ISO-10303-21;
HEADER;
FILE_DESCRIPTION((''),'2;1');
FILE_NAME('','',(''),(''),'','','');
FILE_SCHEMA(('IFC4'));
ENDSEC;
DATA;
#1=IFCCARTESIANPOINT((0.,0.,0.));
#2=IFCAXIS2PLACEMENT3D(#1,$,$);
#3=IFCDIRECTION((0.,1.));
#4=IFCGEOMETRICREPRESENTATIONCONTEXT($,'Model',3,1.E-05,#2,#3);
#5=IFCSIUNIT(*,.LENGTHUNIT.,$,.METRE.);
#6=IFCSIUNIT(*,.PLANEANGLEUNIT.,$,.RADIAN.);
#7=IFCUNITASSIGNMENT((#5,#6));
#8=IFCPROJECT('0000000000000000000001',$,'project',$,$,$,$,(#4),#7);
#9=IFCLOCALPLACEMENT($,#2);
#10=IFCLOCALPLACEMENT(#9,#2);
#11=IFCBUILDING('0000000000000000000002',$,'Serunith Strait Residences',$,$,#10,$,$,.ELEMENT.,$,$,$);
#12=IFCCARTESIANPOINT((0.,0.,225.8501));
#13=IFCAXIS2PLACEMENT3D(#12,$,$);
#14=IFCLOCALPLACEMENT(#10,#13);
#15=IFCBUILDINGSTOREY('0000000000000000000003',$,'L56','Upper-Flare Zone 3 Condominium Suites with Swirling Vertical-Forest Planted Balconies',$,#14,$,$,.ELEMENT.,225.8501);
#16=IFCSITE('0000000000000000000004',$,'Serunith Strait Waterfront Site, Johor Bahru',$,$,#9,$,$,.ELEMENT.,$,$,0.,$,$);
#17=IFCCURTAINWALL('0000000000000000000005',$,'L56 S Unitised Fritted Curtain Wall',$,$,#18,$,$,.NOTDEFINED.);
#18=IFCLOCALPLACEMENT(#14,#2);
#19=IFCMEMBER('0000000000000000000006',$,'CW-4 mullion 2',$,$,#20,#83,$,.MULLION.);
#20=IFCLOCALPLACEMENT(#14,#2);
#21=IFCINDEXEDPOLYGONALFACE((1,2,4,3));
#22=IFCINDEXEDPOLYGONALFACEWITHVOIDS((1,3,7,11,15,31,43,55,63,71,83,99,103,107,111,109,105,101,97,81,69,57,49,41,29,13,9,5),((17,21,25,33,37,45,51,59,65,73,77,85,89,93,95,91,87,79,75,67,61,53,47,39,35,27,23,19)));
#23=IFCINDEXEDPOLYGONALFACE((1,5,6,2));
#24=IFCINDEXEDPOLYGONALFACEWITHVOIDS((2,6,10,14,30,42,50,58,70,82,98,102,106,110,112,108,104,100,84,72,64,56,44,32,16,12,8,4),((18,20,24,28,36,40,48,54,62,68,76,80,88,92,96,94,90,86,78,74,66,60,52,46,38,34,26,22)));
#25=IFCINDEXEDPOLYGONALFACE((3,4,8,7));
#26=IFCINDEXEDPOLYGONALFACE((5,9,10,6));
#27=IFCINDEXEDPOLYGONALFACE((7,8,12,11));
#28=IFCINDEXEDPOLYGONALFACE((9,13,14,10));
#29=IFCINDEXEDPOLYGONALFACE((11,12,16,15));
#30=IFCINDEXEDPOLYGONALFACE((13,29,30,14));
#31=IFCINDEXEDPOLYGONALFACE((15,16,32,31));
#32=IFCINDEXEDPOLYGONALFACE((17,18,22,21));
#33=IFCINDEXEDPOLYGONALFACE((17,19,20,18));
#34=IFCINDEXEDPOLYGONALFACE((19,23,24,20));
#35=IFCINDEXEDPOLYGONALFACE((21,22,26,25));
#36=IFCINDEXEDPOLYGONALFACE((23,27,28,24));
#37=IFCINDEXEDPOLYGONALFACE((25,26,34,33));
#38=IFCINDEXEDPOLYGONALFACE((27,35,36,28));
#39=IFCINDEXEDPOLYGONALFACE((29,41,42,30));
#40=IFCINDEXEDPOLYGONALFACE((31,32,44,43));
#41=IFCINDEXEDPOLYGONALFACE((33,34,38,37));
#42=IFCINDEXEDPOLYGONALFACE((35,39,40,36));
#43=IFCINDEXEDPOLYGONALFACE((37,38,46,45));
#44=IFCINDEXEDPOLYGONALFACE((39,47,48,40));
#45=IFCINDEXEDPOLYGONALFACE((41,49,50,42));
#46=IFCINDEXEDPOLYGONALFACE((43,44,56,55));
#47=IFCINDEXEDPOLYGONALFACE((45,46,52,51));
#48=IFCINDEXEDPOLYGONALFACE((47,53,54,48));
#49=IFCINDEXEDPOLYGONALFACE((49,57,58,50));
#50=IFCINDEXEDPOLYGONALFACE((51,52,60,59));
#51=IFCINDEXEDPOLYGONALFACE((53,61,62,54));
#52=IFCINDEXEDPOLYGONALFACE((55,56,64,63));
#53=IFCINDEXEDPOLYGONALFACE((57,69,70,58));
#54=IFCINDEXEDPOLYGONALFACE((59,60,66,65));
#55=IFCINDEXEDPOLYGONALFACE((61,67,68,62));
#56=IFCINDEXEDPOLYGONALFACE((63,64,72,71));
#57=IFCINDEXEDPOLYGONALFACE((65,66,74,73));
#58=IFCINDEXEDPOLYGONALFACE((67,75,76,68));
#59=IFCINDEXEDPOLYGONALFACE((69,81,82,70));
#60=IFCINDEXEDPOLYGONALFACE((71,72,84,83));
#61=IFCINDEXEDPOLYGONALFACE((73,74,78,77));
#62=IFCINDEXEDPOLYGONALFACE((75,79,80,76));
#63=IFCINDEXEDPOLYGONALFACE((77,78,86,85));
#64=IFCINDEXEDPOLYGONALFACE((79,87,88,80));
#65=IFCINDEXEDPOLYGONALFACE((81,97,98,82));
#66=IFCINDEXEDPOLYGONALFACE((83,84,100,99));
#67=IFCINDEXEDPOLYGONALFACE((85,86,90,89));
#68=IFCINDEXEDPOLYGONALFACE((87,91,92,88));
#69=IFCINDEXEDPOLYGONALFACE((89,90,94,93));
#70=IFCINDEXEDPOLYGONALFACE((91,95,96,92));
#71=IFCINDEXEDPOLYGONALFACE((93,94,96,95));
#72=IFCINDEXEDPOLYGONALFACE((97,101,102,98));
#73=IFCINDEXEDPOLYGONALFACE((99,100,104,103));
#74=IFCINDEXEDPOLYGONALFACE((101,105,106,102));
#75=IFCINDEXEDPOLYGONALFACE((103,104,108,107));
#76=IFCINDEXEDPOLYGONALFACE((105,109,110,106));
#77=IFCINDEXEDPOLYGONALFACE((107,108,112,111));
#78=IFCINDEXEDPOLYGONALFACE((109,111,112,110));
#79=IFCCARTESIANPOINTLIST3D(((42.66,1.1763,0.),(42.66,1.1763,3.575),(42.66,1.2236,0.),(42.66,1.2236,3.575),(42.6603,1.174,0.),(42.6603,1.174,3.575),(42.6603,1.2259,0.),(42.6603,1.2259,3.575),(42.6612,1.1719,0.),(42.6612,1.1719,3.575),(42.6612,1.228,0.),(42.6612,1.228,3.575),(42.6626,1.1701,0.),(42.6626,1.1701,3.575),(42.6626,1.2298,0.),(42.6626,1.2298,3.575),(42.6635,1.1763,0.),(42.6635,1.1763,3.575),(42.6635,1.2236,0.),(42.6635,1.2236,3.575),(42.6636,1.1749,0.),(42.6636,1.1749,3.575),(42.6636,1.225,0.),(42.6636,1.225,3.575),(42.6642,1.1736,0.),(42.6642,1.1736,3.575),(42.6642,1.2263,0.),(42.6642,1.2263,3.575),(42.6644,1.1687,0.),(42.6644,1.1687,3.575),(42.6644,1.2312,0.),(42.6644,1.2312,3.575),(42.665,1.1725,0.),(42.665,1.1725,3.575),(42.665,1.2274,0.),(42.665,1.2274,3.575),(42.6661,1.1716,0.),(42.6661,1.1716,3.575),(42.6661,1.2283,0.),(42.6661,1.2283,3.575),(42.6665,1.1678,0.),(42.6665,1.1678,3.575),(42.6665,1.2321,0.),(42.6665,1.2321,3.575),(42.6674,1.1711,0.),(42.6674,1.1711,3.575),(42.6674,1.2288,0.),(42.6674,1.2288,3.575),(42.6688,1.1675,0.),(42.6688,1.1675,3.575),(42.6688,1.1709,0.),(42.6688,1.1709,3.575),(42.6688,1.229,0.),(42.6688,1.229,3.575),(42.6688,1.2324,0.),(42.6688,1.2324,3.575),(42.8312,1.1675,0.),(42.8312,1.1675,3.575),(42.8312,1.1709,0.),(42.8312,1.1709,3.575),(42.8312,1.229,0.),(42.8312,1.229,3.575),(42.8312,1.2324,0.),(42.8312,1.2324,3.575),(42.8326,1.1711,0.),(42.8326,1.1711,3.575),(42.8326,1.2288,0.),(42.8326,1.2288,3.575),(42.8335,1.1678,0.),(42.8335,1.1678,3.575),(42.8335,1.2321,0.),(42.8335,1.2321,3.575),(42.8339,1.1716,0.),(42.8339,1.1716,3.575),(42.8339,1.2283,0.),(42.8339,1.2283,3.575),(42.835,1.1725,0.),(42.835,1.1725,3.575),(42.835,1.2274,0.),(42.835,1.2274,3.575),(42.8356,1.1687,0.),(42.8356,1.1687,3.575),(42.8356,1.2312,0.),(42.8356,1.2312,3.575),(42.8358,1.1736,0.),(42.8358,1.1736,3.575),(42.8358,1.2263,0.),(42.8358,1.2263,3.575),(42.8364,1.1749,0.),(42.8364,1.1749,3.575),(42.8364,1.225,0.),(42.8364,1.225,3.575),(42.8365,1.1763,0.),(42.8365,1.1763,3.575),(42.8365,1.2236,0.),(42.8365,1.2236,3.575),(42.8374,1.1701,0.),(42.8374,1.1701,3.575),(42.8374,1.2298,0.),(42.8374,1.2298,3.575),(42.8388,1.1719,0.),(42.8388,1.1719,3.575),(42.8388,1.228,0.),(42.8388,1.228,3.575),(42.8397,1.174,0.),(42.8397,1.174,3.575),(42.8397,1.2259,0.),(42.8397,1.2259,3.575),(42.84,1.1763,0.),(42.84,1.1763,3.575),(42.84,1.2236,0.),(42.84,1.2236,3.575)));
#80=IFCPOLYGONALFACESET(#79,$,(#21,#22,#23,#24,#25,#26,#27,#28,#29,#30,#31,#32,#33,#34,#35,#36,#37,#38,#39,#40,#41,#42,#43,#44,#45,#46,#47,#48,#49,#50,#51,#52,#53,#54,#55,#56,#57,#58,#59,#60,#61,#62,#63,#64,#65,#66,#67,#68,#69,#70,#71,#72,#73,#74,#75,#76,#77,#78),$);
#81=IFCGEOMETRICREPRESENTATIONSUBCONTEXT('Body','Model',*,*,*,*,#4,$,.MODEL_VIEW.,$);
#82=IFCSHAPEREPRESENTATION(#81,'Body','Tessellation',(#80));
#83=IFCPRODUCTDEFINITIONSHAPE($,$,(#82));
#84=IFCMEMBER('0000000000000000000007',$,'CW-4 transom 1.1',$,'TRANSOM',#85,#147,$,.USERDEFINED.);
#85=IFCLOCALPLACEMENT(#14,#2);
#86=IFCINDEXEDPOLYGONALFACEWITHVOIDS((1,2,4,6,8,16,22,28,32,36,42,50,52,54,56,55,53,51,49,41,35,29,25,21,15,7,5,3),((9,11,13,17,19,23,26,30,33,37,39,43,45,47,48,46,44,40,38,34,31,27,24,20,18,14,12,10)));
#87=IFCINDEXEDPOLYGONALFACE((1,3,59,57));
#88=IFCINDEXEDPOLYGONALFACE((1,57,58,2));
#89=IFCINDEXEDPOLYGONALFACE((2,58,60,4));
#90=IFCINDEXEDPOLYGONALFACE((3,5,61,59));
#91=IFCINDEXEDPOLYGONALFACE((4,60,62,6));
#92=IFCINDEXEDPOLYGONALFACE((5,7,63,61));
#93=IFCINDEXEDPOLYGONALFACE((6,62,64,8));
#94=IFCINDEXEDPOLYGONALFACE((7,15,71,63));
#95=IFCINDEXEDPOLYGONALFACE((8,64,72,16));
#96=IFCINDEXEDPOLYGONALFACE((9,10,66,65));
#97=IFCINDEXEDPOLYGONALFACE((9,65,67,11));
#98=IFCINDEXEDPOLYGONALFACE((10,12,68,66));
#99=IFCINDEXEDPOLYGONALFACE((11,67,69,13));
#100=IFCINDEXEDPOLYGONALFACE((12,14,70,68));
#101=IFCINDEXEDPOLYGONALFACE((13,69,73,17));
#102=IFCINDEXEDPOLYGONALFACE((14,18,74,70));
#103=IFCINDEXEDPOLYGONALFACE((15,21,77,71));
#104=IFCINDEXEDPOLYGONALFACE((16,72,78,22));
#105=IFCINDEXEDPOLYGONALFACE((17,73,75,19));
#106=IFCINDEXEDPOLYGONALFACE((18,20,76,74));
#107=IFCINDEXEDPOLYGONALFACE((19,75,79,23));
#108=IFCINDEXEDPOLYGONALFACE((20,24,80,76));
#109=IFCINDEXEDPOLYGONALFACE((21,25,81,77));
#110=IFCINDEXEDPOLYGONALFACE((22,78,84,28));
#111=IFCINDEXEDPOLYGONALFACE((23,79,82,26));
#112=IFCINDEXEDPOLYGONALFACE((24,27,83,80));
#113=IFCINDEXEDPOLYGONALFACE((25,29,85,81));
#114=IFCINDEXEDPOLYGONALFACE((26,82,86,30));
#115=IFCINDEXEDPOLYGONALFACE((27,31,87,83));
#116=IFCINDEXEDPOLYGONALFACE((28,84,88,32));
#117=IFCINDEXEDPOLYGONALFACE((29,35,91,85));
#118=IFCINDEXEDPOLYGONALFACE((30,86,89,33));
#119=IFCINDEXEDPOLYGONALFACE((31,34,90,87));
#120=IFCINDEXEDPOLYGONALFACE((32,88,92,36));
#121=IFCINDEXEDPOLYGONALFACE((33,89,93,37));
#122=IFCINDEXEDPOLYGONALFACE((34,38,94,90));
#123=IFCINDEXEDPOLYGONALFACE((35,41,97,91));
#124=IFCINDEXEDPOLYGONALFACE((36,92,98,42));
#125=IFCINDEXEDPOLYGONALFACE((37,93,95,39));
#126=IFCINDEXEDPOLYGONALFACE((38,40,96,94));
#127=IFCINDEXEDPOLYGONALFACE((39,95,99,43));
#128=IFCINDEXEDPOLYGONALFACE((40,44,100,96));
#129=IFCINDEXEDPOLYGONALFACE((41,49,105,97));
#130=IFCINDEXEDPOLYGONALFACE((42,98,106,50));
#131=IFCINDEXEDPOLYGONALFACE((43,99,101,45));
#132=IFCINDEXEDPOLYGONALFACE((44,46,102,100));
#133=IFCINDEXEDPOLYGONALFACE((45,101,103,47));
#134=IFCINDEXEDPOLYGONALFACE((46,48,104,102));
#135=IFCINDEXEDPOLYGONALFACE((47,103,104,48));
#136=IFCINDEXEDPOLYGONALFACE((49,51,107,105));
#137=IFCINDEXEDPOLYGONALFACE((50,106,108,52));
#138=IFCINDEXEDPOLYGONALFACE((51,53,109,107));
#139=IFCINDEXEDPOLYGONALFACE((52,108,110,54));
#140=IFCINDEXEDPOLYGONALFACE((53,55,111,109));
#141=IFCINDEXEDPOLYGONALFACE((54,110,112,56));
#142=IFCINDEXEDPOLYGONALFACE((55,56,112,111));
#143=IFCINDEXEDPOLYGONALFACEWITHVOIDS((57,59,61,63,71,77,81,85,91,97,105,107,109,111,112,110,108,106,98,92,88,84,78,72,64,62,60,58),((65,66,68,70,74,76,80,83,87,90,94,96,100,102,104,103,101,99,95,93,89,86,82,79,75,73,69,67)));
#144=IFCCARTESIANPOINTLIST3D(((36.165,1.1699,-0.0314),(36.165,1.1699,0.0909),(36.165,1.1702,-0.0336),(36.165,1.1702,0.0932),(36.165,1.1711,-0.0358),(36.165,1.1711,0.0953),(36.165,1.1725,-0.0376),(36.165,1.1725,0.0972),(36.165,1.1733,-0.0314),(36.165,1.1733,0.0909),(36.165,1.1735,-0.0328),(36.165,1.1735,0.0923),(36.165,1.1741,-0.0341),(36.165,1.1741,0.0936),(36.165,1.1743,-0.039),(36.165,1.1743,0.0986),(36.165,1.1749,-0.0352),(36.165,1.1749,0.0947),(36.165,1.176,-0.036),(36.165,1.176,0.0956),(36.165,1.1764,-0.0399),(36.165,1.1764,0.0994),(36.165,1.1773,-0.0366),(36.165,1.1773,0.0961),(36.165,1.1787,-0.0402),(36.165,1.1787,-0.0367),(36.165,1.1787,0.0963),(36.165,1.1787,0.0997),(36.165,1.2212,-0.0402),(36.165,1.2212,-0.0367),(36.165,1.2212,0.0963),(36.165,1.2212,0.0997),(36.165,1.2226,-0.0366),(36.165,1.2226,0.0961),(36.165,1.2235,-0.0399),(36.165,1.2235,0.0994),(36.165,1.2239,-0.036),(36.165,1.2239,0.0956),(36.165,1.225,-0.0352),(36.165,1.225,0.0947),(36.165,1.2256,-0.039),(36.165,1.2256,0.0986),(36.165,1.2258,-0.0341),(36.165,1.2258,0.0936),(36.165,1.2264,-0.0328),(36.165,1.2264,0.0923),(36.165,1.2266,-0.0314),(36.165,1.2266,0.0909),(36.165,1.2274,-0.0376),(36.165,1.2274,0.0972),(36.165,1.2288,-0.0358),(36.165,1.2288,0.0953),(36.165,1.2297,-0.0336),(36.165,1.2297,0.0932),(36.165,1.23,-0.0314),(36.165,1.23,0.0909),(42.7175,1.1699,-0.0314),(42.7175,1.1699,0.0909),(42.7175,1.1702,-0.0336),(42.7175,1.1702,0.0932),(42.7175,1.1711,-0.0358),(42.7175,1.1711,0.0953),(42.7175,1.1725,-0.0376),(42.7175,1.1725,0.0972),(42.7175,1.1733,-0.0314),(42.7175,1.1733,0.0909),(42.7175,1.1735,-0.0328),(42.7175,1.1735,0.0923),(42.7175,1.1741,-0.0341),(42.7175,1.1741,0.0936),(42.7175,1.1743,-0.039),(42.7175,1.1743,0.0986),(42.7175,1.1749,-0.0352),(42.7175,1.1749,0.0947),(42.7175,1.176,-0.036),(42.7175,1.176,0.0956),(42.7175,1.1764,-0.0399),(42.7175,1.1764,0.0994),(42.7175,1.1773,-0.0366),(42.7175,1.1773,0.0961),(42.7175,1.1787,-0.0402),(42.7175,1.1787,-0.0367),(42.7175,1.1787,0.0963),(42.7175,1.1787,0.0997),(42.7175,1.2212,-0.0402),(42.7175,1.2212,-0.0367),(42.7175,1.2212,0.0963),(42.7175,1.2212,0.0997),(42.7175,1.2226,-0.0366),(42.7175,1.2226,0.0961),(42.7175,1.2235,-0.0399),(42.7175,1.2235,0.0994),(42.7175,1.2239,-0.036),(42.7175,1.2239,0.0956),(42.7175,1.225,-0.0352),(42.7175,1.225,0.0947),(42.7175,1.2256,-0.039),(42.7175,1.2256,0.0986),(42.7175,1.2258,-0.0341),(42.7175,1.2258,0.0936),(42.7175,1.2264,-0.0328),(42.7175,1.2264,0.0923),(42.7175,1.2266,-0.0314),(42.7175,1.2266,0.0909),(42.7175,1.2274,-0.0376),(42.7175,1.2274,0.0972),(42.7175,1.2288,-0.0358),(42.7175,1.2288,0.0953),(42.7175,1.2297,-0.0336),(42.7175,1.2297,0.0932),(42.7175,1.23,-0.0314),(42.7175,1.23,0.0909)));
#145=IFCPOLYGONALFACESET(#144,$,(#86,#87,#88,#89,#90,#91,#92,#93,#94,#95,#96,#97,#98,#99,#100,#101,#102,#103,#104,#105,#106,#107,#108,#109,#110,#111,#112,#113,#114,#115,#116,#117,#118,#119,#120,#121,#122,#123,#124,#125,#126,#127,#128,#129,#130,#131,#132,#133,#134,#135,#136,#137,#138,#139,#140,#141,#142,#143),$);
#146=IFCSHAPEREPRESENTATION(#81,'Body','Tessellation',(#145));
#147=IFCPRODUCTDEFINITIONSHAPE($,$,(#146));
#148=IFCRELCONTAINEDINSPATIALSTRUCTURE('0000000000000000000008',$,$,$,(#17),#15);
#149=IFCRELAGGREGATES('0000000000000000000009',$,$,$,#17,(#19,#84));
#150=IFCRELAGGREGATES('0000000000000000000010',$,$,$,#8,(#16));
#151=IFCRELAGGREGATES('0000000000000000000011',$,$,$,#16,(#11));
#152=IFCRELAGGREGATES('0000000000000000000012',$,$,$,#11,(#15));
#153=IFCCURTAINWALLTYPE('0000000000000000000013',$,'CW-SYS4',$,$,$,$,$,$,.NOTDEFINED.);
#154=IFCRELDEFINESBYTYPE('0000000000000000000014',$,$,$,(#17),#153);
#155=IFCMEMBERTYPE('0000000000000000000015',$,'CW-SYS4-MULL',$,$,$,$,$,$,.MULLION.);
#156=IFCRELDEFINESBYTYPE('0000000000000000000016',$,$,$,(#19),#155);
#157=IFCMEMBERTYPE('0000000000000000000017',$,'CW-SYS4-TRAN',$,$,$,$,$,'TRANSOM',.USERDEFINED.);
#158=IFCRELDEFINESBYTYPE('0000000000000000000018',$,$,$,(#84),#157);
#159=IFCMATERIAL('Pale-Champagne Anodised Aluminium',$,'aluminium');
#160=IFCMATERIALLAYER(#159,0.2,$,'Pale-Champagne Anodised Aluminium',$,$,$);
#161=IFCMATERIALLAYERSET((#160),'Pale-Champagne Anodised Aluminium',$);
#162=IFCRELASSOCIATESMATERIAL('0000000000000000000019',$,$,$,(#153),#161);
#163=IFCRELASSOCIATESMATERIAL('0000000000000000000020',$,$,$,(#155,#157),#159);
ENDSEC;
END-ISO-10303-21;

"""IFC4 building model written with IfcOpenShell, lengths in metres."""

from ifc_helpers import new_model, si_unit, direction, frame, origin, origin_2d, place, context, subcontext, project, spatial, hollow_rectangle, extrude, source, transform, mapped, material, layer, layer_set, material_profile, profile_set, type_object, element, aggregate, save


model = new_model("IFC4")

# Units and contexts
model_context = context("Model", 3, precision=1e-05, world=origin(), true_north=direction((0.0, 1.0)))
body_context = subcontext(model_context, "Body", "Model", "MODEL_VIEW")
ifc_project = project(units=[si_unit("LENGTHUNIT", "METRE"), si_unit("PLANEANGLEUNIT", "RADIAN")], contexts=[model_context])

# Site, building, storey
site_placement = place(None, origin())
site = spatial("IfcSite", under=ifc_project, at=site_placement, Name="Serunith Strait Waterfront Site, Johor Bahru", CompositionType="ELEMENT", RefElevation=0.0)
building_placement = place(site_placement, origin())
building = spatial("IfcBuilding", under=site, at=building_placement, Name="Serunith Strait Residences", CompositionType="ELEMENT")
storey_placement = place(building_placement, frame((0.0, 0.0, 225.8501)))
storey = spatial("IfcBuildingStorey", under=building, at=storey_placement, Name="L56", Description="Upper-Flare Zone 3 Condominium Suites with Swirling Vertical-Forest Planted Balconies", CompositionType="ELEMENT", Elevation=225.8501)

# Shared definitions
ifc_material_1 = material(Name="Pale-Champagne Anodised Aluminium", Category="aluminium")
ifc_layer_1 = layer(ifc_material_1, 0.2, Name="Pale-Champagne Anodised Aluminium")
ifc_layer_set_1 = layer_set([ifc_layer_1], Name="Pale-Champagne Anodised Aluminium")
curtain_wall_type = type_object("IfcCurtainWallType", Name="CW-SYS4", PredefinedType="NOTDEFINED", material=ifc_layer_set_1)
ifc_material_profile_1 = material_profile(ifc_material_1, hollow_rectangle(XDim=0.0649, YDim=0.1799, WallThickness=0.0034, InnerFilletRadius=0.0054, OuterFilletRadius=0.0088, at=origin_2d()), Name="ALU 180x65x3.5")
ifc_profile_set_1 = profile_set([ifc_material_profile_1], Name="Pale-Champagne Anodised Aluminium")
member_type_1 = type_object("IfcMemberType", Name="CW-SYS4-MULL", PredefinedType="MULLION", material=ifc_profile_set_1)
shared_shape_1 = source(origin(), body_context, "Body", "SweptSolid", [
    extrude(hollow_rectangle(XDim=0.0649, YDim=0.1799, WallThickness=0.0034, InnerFilletRadius=0.0054, OuterFilletRadius=0.0088, at=origin_2d()), origin(), (0.0, 0.0, 1.0), 3.575),
])

# Curtain wall, members
curtain_wall_1_placement = place(storey_placement, origin())
curtain_wall_1 = element("IfcCurtainWall", 1, at=curtain_wall_1_placement, inside=storey, type_object=curtain_wall_type, Name="L56 S Unitised Fritted Curtain Wall", PredefinedType="NOTDEFINED")
member_1_placement = place(storey_placement, frame((42.75, 1.2, 0.0), z_axis=(0.0, 0.0, 1.0), x_axis=(0.0, 1.0, 0.0)))
member_1 = element("IfcMember", 2, at=member_1_placement, type_object=member_type_1, Name="CW-4 mullion 2", PredefinedType="MULLION", context=body_context, shape_type="MappedRepresentation", body=[
    mapped(shared_shape_1, transform((0.0, 0.0, 0.0), scale=1.0)),
])
ifc_material_profile_2 = material_profile(ifc_material_1, hollow_rectangle(XDim=0.0601, YDim=0.1399, WallThickness=0.0034, InnerFilletRadius=0.0054, OuterFilletRadius=0.0088, at=origin_2d()), Name="ALU 140x60x3.5")
ifc_profile_set_2 = profile_set([ifc_material_profile_2], Name="Pale-Champagne Anodised Aluminium")
member_type_2 = type_object("IfcMemberType", Name="CW-SYS4-TRAN", ElementType="TRANSOM", PredefinedType="USERDEFINED", material=ifc_profile_set_2)
shared_shape_2 = source(origin(), body_context, "Body", "SweptSolid", [
    extrude(hollow_rectangle(XDim=0.0601, YDim=0.1399, WallThickness=0.0034, InnerFilletRadius=0.0054, OuterFilletRadius=0.0088, at=origin_2d()), origin(), (0.0, 0.0, 1.0), 6.5525),
])
member_2_placement = place(storey_placement, frame((36.165, 1.2, 0.0298), z_axis=(1.0, 0.0, 0.0), x_axis=(0.0, 1.0, 0.0)))
member_2 = element("IfcMember", 3, at=member_2_placement, type_object=member_type_2, Name="CW-4 transom 1.1", ObjectType="TRANSOM", PredefinedType="USERDEFINED", context=body_context, shape_type="MappedRepresentation", body=[
    mapped(shared_shape_2, transform((0.0, 0.0, 0.0), scale=1.0)),
])
aggregate(curtain_wall_1, [member_1, member_2])

save(model, "model.ifc")
